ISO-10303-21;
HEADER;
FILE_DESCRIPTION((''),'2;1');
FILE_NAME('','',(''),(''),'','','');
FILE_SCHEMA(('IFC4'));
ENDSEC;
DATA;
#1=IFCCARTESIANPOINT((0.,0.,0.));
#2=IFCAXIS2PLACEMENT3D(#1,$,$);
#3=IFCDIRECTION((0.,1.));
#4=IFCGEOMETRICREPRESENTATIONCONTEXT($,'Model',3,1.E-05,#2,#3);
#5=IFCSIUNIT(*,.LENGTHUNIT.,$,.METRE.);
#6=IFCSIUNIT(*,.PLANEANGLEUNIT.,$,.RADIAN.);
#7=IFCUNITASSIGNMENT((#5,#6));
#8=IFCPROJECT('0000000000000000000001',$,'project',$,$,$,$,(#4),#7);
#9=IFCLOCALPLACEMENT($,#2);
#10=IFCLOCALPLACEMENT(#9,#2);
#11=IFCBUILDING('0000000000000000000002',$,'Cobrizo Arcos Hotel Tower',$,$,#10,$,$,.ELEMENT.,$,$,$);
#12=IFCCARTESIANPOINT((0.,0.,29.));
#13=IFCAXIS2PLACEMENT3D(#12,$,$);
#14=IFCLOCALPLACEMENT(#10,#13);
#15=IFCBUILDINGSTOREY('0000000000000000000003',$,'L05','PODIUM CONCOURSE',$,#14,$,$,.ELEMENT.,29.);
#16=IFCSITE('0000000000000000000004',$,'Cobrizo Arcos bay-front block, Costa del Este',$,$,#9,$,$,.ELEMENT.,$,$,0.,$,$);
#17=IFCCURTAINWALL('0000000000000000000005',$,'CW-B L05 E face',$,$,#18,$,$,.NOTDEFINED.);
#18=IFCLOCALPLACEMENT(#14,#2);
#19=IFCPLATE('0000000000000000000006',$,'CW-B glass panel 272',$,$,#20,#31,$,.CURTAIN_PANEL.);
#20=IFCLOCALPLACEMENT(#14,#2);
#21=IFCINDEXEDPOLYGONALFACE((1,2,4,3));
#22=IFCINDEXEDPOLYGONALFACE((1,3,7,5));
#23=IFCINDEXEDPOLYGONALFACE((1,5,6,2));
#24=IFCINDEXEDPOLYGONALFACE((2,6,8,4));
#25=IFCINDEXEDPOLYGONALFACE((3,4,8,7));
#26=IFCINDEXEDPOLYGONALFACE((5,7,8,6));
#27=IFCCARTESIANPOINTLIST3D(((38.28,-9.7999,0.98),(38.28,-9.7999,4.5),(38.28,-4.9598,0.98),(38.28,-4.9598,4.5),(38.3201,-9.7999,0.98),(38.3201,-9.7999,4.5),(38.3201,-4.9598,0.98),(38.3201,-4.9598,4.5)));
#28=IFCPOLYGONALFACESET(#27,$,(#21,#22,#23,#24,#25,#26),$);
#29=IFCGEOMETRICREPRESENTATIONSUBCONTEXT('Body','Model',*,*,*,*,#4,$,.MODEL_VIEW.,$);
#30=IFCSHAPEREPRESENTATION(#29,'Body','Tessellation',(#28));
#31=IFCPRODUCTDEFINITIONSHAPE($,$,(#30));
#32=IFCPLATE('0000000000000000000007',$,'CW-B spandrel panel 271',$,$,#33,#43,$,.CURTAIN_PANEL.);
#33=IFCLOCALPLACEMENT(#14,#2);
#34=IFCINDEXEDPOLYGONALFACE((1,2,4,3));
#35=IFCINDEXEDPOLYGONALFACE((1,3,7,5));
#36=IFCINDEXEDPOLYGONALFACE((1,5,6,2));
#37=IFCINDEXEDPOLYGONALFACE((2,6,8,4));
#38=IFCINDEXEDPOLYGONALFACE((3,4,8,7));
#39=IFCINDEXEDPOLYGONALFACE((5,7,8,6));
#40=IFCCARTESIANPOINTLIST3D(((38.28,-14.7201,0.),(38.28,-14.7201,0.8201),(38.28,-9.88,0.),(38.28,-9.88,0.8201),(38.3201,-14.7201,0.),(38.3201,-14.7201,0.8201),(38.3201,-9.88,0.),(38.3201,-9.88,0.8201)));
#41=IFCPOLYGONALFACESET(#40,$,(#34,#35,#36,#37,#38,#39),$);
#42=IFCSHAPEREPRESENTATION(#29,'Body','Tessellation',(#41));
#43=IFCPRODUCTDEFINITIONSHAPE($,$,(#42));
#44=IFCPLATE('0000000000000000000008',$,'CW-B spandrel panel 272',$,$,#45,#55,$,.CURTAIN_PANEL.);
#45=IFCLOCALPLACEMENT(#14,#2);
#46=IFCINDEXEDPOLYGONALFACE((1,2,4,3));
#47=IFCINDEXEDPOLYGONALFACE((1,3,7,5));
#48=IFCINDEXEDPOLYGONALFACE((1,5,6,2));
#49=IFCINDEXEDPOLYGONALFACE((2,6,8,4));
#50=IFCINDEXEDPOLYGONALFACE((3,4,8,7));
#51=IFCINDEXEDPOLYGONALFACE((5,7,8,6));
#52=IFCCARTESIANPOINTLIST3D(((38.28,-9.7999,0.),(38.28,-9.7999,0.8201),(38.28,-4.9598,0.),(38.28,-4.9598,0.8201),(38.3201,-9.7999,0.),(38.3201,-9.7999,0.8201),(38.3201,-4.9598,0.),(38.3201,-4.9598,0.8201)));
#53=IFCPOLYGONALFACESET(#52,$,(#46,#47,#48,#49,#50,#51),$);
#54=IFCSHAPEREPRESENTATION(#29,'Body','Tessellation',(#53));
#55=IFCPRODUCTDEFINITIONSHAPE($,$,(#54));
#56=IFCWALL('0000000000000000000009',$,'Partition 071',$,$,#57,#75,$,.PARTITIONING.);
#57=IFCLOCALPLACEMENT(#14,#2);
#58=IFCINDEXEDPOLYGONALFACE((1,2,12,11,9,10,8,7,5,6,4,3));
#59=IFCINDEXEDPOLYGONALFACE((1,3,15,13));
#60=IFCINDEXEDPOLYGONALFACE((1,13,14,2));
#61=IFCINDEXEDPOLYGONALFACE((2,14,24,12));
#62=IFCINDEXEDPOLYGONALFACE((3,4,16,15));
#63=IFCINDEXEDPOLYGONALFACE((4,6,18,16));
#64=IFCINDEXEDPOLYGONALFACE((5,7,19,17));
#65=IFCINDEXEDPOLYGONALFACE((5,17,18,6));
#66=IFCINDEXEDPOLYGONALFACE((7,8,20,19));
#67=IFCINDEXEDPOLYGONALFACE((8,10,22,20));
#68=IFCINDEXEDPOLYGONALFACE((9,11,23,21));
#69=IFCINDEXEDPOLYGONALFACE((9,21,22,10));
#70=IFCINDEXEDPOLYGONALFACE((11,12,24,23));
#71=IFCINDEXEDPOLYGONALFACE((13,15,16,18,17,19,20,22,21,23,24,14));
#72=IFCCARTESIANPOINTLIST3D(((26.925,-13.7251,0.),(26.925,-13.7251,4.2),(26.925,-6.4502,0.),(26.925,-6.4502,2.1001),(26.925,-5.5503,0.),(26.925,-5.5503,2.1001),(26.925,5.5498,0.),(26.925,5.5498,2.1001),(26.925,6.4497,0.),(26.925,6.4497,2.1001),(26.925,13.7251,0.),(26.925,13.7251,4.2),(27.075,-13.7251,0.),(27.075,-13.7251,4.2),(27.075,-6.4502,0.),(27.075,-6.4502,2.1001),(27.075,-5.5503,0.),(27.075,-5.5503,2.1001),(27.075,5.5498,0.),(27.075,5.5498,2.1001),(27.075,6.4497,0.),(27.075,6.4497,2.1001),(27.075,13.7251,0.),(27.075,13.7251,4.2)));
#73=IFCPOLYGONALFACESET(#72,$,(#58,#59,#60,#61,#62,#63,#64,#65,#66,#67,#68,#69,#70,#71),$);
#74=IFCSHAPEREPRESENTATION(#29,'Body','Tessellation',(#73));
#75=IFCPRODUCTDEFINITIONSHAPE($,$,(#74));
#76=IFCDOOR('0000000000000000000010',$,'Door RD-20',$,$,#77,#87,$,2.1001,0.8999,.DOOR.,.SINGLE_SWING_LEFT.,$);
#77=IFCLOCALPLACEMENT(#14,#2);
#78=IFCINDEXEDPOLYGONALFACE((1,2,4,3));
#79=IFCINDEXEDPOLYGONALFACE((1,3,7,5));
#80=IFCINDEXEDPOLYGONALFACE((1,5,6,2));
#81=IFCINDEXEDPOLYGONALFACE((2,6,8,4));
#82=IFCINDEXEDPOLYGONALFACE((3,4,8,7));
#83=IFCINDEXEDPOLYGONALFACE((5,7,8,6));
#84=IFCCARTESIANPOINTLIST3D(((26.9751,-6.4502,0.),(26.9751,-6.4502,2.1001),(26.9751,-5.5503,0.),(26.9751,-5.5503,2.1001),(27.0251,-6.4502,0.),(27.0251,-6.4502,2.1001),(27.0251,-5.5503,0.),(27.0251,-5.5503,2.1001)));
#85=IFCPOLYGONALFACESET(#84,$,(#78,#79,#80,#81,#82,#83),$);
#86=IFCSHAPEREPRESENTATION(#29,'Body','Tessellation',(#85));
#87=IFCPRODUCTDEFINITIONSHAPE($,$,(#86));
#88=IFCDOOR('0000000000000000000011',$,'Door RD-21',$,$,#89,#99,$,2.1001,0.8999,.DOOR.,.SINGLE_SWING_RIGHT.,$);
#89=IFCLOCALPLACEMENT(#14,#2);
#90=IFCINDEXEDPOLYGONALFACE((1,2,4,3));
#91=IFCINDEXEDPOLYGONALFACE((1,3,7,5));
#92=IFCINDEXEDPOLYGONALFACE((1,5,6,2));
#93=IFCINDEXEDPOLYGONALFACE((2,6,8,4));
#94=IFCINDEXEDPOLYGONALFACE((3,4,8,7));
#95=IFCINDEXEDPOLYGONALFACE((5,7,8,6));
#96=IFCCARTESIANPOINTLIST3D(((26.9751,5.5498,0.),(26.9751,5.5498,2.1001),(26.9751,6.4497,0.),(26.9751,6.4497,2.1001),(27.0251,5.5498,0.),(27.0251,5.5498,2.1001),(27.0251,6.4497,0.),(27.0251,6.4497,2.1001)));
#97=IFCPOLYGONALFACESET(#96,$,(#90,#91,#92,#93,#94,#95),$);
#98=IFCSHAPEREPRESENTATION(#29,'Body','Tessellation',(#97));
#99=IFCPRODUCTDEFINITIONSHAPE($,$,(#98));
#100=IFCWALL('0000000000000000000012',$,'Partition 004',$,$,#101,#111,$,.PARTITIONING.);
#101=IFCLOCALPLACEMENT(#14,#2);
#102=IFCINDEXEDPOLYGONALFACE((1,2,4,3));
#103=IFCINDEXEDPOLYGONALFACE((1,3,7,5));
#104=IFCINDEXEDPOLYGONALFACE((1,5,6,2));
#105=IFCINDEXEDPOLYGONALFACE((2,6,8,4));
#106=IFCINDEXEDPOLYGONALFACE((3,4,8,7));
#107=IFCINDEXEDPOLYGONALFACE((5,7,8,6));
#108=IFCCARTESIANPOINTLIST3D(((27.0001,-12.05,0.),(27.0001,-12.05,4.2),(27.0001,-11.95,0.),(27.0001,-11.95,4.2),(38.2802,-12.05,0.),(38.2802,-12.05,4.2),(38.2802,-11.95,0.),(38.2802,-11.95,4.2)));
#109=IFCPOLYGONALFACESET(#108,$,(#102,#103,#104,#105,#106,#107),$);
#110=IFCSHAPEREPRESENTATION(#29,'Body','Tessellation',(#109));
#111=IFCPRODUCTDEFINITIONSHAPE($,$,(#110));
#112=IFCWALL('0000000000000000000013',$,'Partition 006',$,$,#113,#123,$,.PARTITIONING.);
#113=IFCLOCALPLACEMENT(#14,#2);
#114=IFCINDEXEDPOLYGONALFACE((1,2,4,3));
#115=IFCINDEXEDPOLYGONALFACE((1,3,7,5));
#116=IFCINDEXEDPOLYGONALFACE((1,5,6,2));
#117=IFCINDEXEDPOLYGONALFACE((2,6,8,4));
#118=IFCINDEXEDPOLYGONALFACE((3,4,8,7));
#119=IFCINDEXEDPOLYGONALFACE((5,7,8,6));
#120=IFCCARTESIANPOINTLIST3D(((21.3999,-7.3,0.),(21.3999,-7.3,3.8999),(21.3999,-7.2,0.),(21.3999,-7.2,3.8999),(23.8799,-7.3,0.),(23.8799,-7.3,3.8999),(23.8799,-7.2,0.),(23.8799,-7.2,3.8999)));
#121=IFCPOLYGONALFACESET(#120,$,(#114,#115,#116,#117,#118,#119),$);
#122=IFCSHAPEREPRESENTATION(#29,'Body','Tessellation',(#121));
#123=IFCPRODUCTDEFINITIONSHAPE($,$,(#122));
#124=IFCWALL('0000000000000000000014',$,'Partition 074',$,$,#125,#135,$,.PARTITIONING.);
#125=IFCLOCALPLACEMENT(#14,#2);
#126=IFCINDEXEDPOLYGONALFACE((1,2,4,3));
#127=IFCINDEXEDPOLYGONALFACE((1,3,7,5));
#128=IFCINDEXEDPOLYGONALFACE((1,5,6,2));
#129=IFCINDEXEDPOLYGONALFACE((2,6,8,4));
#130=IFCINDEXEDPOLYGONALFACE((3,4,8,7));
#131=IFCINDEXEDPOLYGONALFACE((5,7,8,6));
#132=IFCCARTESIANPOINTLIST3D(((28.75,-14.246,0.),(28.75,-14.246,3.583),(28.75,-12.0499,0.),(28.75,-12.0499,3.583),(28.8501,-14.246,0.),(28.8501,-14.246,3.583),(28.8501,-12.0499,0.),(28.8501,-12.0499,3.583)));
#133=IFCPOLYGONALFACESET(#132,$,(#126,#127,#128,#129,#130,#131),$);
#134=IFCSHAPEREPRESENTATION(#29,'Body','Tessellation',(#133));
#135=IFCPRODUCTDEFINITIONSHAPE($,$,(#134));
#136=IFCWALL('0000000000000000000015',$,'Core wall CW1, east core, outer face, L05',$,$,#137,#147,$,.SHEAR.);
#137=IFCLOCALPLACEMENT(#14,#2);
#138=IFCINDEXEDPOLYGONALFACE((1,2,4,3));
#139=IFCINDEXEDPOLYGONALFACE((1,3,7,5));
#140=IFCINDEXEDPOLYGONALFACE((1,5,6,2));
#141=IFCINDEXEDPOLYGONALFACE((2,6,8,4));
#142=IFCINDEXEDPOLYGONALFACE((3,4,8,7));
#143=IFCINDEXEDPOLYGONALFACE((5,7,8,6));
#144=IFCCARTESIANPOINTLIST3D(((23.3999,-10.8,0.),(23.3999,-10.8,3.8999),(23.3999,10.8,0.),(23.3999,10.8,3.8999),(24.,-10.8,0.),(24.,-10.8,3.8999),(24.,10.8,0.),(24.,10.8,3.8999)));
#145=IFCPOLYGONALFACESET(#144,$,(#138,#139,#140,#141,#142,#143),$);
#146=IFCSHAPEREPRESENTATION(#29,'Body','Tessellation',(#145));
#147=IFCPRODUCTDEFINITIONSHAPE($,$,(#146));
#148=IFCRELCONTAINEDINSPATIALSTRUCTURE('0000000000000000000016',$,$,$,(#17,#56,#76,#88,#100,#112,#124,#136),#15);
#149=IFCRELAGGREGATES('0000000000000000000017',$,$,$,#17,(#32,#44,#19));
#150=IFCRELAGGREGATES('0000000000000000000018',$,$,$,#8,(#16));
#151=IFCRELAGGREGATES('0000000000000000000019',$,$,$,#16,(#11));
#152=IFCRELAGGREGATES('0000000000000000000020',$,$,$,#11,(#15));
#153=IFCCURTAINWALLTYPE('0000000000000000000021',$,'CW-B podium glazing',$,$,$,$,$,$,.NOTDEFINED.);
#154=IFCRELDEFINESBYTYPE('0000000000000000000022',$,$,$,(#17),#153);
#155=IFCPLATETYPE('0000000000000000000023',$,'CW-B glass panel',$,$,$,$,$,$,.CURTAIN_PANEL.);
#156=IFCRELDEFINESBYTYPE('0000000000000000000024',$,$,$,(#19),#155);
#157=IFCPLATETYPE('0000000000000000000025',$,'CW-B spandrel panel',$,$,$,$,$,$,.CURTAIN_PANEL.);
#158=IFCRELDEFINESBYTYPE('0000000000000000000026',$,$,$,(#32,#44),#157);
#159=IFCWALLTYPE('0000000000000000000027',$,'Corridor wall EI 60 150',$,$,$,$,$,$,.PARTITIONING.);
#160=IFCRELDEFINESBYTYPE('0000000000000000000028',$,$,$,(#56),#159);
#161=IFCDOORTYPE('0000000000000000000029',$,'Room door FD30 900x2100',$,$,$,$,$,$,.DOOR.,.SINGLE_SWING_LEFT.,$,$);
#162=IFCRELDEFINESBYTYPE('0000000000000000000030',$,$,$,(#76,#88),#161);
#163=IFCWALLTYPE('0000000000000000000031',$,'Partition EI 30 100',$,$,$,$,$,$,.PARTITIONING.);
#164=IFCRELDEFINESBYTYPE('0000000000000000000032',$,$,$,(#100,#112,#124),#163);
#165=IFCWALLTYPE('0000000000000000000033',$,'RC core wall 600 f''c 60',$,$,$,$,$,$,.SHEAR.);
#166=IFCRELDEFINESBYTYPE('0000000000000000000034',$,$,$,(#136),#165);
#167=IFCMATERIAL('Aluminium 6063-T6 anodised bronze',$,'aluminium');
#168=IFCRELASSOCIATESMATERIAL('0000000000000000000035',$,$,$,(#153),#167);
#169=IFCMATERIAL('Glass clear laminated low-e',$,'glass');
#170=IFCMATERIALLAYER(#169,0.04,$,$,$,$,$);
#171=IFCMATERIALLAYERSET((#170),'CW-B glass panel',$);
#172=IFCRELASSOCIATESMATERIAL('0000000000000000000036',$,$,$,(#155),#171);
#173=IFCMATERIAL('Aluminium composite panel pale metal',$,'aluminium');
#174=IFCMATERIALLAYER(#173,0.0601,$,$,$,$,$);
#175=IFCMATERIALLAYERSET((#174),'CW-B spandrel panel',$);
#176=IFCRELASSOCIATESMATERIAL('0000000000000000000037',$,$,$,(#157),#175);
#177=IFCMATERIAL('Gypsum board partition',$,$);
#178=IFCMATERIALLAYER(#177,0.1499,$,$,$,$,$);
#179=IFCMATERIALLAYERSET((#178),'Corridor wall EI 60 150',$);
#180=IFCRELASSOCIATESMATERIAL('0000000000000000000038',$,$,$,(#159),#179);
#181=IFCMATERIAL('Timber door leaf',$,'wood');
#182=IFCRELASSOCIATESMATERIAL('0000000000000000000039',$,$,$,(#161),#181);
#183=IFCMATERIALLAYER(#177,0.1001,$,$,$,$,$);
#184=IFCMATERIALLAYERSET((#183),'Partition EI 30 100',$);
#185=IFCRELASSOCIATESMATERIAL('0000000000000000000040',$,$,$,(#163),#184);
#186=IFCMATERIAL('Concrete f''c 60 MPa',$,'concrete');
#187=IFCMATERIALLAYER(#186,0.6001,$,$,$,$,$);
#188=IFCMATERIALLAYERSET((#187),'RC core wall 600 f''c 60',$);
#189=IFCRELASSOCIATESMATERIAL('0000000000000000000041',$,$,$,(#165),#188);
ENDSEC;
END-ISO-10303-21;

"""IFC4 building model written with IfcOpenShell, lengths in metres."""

from ifc_helpers import new_model, si_unit, direction, frame, frame_2d, origin, origin_2d, place, context, subcontext, project, spatial, rectangle, extrude, material, layer, layer_set, type_object, element, fill, aggregate, save


model = new_model("IFC4")

# Units and contexts
model_context = context("Model", 3, precision=1e-05, world=origin(), true_north=direction((0.0, 1.0)))
body_context = subcontext(model_context, "Body", "Model", "MODEL_VIEW")
ifc_project = project(units=[si_unit("LENGTHUNIT", "METRE"), si_unit("PLANEANGLEUNIT", "RADIAN")], contexts=[model_context])

# Site, building, storey
site_placement = place(None, origin())
site = spatial("IfcSite", under=ifc_project, at=site_placement, Name="Cobrizo Arcos bay-front block, Costa del Este", CompositionType="ELEMENT", RefElevation=0.0)
building_placement = place(site_placement, origin())
building = spatial("IfcBuilding", under=site, at=building_placement, Name="Cobrizo Arcos Hotel Tower", CompositionType="ELEMENT")
storey_placement = place(building_placement, frame((0.0, 0.0, 29.0)))
storey = spatial("IfcBuildingStorey", under=building, at=storey_placement, Name="L05", Description="PODIUM CONCOURSE", CompositionType="ELEMENT", Elevation=29.0)

# Curtain wall
ifc_material_1 = material(Name="Aluminium 6063-T6 anodised bronze", Category="aluminium")
curtain_wall_type = type_object("IfcCurtainWallType", Name="CW-B podium glazing", PredefinedType="NOTDEFINED", material=ifc_material_1)
curtain_wall_placement = place(storey_placement, origin())
curtain_wall = element("IfcCurtainWall", 1, at=curtain_wall_placement, inside=storey, type_object=curtain_wall_type, Name="CW-B L05 E face", PredefinedType="NOTDEFINED")

# Plates
ifc_material_2 = material(Name="Glass clear laminated low-e", Category="glass")
ifc_layer_1 = layer(ifc_material_2, 0.04)
ifc_layer_set_1 = layer_set([ifc_layer_1], Name="CW-B glass panel")
plate_type_1 = type_object("IfcPlateType", Name="CW-B glass panel", PredefinedType="CURTAIN_PANEL", material=ifc_layer_set_1)
plate_1_placement = place(storey_placement, frame((38.3, -7.3799, 0.98), z_axis=(0.0, 0.0, 1.0), x_axis=(0.0, 1.0, 0.0)))
plate_1 = element("IfcPlate", 2, at=plate_1_placement, type_object=plate_type_1, Name="CW-B glass panel 272", PredefinedType="CURTAIN_PANEL", context=body_context, shape_type="SweptSolid", body=[
    extrude(rectangle(XDim=4.8401, YDim=0.04, at=origin_2d()), origin(), (0.0, 0.0, 1.0), 3.52),
])
ifc_material_3 = material(Name="Aluminium composite panel pale metal", Category="aluminium")
ifc_layer_2 = layer(ifc_material_3, 0.0601)
ifc_layer_set_2 = layer_set([ifc_layer_2], Name="CW-B spandrel panel")
plate_type_2 = type_object("IfcPlateType", Name="CW-B spandrel panel", PredefinedType="CURTAIN_PANEL", material=ifc_layer_set_2)
plate_2_placement = place(storey_placement, frame((38.3, -12.3, 0.0), z_axis=(0.0, 0.0, 1.0), x_axis=(0.0, 1.0, 0.0)))
plate_2 = element("IfcPlate", 3, at=plate_2_placement, type_object=plate_type_2, Name="CW-B spandrel panel 271", PredefinedType="CURTAIN_PANEL", context=body_context, shape_type="SweptSolid", body=[
    extrude(rectangle(XDim=4.8401, YDim=0.04, at=origin_2d()), origin(), (0.0, 0.0, 1.0), 0.8201),
])
plate_3_placement = place(storey_placement, frame((38.3, -7.3799, 0.0), z_axis=(0.0, 0.0, 1.0), x_axis=(0.0, 1.0, 0.0)))
plate_3 = element("IfcPlate", 4, at=plate_3_placement, type_object=plate_type_2, Name="CW-B spandrel panel 272", PredefinedType="CURTAIN_PANEL", context=body_context, shape_type="SweptSolid", body=[
    extrude(rectangle(XDim=4.8401, YDim=0.04, at=origin_2d()), origin(), (0.0, 0.0, 1.0), 0.8201),
])
aggregate(curtain_wall, [plate_2, plate_3, plate_1])

# Wall, openings, doors
ifc_material_4 = material(Name="Gypsum board partition")
ifc_layer_3 = layer(ifc_material_4, 0.1499)
ifc_layer_set_3 = layer_set([ifc_layer_3], Name="Corridor wall EI 60 150")
wall_type_1 = type_object("IfcWallType", Name="Corridor wall EI 60 150", PredefinedType="PARTITIONING", material=ifc_layer_set_3)
wall_1_placement = place(storey_placement, frame((27.0, -13.7251, 0.0), z_axis=(0.0, 0.0, 1.0), x_axis=(0.0, 1.0, 0.0)))
wall_1 = element("IfcWall", 5, at=wall_1_placement, inside=storey, type_object=wall_type_1, Name="Partition 071", PredefinedType="PARTITIONING", context=body_context, shape_type="SweptSolid", body=[
    extrude(rectangle(XDim=27.4502, YDim=0.1499, at=frame_2d((13.7251, 0.0))), origin(), (0.0, 0.0, 1.0), 4.2),
])
opening_1_placement = place(wall_1_placement, frame((7.2749, 0.0, 0.0)))
opening_1 = element("IfcOpeningElement", 6, at=opening_1_placement, cuts=wall_1, PredefinedType="OPENING", context=body_context, shape_type="SweptSolid", body=[
    extrude(rectangle(XDim=0.8999, YDim=2.1001, at=frame_2d((0.45, 1.05))), frame((0.0, 0.0869, 0.0), z_axis=(0.0, -1.0, 0.0), x_axis=(1.0, 0.0, 0.0)), (0.0, 0.0, 1.0), 0.1738),
])
opening_2_placement = place(wall_1_placement, frame((19.2749, 0.0, 0.0)))
opening_2 = element("IfcOpeningElement", 7, at=opening_2_placement, cuts=wall_1, PredefinedType="OPENING", context=body_context, shape_type="SweptSolid", body=[
    extrude(rectangle(XDim=0.8999, YDim=2.1001, at=frame_2d((0.45, 1.05))), frame((0.0, 0.0869, 0.0), z_axis=(0.0, -1.0, 0.0), x_axis=(1.0, 0.0, 0.0)), (0.0, 0.0, 1.0), 0.1738),
])
ifc_material_5 = material(Name="Timber door leaf", Category="wood")
door_type = type_object("IfcDoorType", Name="Room door FD30 900x2100", OperationType="SINGLE_SWING_LEFT", PredefinedType="DOOR", material=ifc_material_5)
door_1_placement = place(opening_1_placement, origin())
door_1 = element("IfcDoor", 8, at=door_1_placement, inside=storey, type_object=door_type, Name="Door RD-20", OperationType="SINGLE_SWING_LEFT", OverallHeight=2.1001, OverallWidth=0.8999, PredefinedType="DOOR", context=body_context, shape_type="SweptSolid", body=[
    extrude(rectangle(XDim=0.8999, YDim=2.1001, at=frame_2d((0.45, 1.05))), frame((0.0, 0.0249, 0.0), z_axis=(0.0, -1.0, 0.0), x_axis=(1.0, 0.0, 0.0)), (0.0, 0.0, 1.0), 0.05),
])
fill(opening_1, door_1)
door_2_placement = place(opening_2_placement, origin())
door_2 = element("IfcDoor", 9, at=door_2_placement, inside=storey, type_object=door_type, Name="Door RD-21", OperationType="SINGLE_SWING_RIGHT", OverallHeight=2.1001, OverallWidth=0.8999, PredefinedType="DOOR", context=body_context, shape_type="SweptSolid", body=[
    extrude(rectangle(XDim=0.8999, YDim=2.1001, at=frame_2d((0.45, 1.05))), frame((0.0, 0.0249, 0.0), z_axis=(0.0, -1.0, 0.0), x_axis=(1.0, 0.0, 0.0)), (0.0, 0.0, 1.0), 0.05),
])
fill(opening_2, door_2)

# Walls
ifc_layer_4 = layer(ifc_material_4, 0.1001)
ifc_layer_set_4 = layer_set([ifc_layer_4], Name="Partition EI 30 100")
wall_type_2 = type_object("IfcWallType", Name="Partition EI 30 100", PredefinedType="PARTITIONING", material=ifc_layer_set_4)
wall_2_placement = place(storey_placement, frame((27.0, -12.0, 0.0), z_axis=(0.0, 0.0, 1.0), x_axis=(1.0, 0.0, 0.0)))
element("IfcWall", 10, at=wall_2_placement, inside=storey, type_object=wall_type_2, Name="Partition 004", PredefinedType="PARTITIONING", context=body_context, shape_type="SweptSolid", body=[
    extrude(rectangle(XDim=11.28, YDim=0.1001, at=frame_2d((5.6401, 0.0))), origin(), (0.0, 0.0, 1.0), 4.2),
])
wall_3_placement = place(storey_placement, frame((21.3999, -7.25, 0.0), z_axis=(0.0, 0.0, 1.0), x_axis=(1.0, 0.0, 0.0)))
element("IfcWall", 11, at=wall_3_placement, inside=storey, type_object=wall_type_2, Name="Partition 006", PredefinedType="PARTITIONING", context=body_context, shape_type="SweptSolid", body=[
    extrude(rectangle(XDim=2.48, YDim=0.1001, at=frame_2d((1.24, 0.0))), origin(), (0.0, 0.0, 1.0), 3.8999),
])
wall_4_placement = place(storey_placement, frame((28.8, -14.2461, 0.0), z_axis=(0.0, 0.0, 1.0), x_axis=(0.0, 1.0, 0.0)))
element("IfcWall", 12, at=wall_4_placement, inside=storey, type_object=wall_type_2, Name="Partition 074", PredefinedType="PARTITIONING", context=body_context, shape_type="SweptSolid", body=[
    extrude(rectangle(XDim=2.196, YDim=0.1001, at=frame_2d((1.0981, 0.0))), origin(), (0.0, 0.0, 1.0), 3.583),
])
ifc_material_6 = material(Name="Concrete f'c 60 MPa", Category="concrete")
ifc_layer_5 = layer(ifc_material_6, 0.6001)
ifc_layer_set_5 = layer_set([ifc_layer_5], Name="RC core wall 600 f'c 60")
wall_type_3 = type_object("IfcWallType", Name="RC core wall 600 f'c 60", PredefinedType="SHEAR", material=ifc_layer_set_5)
wall_5_placement = place(storey_placement, frame((23.7, -10.8, 0.0), z_axis=(0.0, 0.0, 1.0), x_axis=(0.0, 1.0, 0.0)))
element("IfcWall", 13, at=wall_5_placement, inside=storey, type_object=wall_type_3, Name="Core wall CW1, east core, outer face, L05", PredefinedType="SHEAR", context=body_context, shape_type="SweptSolid", body=[
    extrude(rectangle(XDim=21.6001, YDim=0.6001, at=frame_2d((10.8, 0.0))), origin(), (0.0, 0.0, 1.0), 3.8999),
])

save(model, "model.ifc")
